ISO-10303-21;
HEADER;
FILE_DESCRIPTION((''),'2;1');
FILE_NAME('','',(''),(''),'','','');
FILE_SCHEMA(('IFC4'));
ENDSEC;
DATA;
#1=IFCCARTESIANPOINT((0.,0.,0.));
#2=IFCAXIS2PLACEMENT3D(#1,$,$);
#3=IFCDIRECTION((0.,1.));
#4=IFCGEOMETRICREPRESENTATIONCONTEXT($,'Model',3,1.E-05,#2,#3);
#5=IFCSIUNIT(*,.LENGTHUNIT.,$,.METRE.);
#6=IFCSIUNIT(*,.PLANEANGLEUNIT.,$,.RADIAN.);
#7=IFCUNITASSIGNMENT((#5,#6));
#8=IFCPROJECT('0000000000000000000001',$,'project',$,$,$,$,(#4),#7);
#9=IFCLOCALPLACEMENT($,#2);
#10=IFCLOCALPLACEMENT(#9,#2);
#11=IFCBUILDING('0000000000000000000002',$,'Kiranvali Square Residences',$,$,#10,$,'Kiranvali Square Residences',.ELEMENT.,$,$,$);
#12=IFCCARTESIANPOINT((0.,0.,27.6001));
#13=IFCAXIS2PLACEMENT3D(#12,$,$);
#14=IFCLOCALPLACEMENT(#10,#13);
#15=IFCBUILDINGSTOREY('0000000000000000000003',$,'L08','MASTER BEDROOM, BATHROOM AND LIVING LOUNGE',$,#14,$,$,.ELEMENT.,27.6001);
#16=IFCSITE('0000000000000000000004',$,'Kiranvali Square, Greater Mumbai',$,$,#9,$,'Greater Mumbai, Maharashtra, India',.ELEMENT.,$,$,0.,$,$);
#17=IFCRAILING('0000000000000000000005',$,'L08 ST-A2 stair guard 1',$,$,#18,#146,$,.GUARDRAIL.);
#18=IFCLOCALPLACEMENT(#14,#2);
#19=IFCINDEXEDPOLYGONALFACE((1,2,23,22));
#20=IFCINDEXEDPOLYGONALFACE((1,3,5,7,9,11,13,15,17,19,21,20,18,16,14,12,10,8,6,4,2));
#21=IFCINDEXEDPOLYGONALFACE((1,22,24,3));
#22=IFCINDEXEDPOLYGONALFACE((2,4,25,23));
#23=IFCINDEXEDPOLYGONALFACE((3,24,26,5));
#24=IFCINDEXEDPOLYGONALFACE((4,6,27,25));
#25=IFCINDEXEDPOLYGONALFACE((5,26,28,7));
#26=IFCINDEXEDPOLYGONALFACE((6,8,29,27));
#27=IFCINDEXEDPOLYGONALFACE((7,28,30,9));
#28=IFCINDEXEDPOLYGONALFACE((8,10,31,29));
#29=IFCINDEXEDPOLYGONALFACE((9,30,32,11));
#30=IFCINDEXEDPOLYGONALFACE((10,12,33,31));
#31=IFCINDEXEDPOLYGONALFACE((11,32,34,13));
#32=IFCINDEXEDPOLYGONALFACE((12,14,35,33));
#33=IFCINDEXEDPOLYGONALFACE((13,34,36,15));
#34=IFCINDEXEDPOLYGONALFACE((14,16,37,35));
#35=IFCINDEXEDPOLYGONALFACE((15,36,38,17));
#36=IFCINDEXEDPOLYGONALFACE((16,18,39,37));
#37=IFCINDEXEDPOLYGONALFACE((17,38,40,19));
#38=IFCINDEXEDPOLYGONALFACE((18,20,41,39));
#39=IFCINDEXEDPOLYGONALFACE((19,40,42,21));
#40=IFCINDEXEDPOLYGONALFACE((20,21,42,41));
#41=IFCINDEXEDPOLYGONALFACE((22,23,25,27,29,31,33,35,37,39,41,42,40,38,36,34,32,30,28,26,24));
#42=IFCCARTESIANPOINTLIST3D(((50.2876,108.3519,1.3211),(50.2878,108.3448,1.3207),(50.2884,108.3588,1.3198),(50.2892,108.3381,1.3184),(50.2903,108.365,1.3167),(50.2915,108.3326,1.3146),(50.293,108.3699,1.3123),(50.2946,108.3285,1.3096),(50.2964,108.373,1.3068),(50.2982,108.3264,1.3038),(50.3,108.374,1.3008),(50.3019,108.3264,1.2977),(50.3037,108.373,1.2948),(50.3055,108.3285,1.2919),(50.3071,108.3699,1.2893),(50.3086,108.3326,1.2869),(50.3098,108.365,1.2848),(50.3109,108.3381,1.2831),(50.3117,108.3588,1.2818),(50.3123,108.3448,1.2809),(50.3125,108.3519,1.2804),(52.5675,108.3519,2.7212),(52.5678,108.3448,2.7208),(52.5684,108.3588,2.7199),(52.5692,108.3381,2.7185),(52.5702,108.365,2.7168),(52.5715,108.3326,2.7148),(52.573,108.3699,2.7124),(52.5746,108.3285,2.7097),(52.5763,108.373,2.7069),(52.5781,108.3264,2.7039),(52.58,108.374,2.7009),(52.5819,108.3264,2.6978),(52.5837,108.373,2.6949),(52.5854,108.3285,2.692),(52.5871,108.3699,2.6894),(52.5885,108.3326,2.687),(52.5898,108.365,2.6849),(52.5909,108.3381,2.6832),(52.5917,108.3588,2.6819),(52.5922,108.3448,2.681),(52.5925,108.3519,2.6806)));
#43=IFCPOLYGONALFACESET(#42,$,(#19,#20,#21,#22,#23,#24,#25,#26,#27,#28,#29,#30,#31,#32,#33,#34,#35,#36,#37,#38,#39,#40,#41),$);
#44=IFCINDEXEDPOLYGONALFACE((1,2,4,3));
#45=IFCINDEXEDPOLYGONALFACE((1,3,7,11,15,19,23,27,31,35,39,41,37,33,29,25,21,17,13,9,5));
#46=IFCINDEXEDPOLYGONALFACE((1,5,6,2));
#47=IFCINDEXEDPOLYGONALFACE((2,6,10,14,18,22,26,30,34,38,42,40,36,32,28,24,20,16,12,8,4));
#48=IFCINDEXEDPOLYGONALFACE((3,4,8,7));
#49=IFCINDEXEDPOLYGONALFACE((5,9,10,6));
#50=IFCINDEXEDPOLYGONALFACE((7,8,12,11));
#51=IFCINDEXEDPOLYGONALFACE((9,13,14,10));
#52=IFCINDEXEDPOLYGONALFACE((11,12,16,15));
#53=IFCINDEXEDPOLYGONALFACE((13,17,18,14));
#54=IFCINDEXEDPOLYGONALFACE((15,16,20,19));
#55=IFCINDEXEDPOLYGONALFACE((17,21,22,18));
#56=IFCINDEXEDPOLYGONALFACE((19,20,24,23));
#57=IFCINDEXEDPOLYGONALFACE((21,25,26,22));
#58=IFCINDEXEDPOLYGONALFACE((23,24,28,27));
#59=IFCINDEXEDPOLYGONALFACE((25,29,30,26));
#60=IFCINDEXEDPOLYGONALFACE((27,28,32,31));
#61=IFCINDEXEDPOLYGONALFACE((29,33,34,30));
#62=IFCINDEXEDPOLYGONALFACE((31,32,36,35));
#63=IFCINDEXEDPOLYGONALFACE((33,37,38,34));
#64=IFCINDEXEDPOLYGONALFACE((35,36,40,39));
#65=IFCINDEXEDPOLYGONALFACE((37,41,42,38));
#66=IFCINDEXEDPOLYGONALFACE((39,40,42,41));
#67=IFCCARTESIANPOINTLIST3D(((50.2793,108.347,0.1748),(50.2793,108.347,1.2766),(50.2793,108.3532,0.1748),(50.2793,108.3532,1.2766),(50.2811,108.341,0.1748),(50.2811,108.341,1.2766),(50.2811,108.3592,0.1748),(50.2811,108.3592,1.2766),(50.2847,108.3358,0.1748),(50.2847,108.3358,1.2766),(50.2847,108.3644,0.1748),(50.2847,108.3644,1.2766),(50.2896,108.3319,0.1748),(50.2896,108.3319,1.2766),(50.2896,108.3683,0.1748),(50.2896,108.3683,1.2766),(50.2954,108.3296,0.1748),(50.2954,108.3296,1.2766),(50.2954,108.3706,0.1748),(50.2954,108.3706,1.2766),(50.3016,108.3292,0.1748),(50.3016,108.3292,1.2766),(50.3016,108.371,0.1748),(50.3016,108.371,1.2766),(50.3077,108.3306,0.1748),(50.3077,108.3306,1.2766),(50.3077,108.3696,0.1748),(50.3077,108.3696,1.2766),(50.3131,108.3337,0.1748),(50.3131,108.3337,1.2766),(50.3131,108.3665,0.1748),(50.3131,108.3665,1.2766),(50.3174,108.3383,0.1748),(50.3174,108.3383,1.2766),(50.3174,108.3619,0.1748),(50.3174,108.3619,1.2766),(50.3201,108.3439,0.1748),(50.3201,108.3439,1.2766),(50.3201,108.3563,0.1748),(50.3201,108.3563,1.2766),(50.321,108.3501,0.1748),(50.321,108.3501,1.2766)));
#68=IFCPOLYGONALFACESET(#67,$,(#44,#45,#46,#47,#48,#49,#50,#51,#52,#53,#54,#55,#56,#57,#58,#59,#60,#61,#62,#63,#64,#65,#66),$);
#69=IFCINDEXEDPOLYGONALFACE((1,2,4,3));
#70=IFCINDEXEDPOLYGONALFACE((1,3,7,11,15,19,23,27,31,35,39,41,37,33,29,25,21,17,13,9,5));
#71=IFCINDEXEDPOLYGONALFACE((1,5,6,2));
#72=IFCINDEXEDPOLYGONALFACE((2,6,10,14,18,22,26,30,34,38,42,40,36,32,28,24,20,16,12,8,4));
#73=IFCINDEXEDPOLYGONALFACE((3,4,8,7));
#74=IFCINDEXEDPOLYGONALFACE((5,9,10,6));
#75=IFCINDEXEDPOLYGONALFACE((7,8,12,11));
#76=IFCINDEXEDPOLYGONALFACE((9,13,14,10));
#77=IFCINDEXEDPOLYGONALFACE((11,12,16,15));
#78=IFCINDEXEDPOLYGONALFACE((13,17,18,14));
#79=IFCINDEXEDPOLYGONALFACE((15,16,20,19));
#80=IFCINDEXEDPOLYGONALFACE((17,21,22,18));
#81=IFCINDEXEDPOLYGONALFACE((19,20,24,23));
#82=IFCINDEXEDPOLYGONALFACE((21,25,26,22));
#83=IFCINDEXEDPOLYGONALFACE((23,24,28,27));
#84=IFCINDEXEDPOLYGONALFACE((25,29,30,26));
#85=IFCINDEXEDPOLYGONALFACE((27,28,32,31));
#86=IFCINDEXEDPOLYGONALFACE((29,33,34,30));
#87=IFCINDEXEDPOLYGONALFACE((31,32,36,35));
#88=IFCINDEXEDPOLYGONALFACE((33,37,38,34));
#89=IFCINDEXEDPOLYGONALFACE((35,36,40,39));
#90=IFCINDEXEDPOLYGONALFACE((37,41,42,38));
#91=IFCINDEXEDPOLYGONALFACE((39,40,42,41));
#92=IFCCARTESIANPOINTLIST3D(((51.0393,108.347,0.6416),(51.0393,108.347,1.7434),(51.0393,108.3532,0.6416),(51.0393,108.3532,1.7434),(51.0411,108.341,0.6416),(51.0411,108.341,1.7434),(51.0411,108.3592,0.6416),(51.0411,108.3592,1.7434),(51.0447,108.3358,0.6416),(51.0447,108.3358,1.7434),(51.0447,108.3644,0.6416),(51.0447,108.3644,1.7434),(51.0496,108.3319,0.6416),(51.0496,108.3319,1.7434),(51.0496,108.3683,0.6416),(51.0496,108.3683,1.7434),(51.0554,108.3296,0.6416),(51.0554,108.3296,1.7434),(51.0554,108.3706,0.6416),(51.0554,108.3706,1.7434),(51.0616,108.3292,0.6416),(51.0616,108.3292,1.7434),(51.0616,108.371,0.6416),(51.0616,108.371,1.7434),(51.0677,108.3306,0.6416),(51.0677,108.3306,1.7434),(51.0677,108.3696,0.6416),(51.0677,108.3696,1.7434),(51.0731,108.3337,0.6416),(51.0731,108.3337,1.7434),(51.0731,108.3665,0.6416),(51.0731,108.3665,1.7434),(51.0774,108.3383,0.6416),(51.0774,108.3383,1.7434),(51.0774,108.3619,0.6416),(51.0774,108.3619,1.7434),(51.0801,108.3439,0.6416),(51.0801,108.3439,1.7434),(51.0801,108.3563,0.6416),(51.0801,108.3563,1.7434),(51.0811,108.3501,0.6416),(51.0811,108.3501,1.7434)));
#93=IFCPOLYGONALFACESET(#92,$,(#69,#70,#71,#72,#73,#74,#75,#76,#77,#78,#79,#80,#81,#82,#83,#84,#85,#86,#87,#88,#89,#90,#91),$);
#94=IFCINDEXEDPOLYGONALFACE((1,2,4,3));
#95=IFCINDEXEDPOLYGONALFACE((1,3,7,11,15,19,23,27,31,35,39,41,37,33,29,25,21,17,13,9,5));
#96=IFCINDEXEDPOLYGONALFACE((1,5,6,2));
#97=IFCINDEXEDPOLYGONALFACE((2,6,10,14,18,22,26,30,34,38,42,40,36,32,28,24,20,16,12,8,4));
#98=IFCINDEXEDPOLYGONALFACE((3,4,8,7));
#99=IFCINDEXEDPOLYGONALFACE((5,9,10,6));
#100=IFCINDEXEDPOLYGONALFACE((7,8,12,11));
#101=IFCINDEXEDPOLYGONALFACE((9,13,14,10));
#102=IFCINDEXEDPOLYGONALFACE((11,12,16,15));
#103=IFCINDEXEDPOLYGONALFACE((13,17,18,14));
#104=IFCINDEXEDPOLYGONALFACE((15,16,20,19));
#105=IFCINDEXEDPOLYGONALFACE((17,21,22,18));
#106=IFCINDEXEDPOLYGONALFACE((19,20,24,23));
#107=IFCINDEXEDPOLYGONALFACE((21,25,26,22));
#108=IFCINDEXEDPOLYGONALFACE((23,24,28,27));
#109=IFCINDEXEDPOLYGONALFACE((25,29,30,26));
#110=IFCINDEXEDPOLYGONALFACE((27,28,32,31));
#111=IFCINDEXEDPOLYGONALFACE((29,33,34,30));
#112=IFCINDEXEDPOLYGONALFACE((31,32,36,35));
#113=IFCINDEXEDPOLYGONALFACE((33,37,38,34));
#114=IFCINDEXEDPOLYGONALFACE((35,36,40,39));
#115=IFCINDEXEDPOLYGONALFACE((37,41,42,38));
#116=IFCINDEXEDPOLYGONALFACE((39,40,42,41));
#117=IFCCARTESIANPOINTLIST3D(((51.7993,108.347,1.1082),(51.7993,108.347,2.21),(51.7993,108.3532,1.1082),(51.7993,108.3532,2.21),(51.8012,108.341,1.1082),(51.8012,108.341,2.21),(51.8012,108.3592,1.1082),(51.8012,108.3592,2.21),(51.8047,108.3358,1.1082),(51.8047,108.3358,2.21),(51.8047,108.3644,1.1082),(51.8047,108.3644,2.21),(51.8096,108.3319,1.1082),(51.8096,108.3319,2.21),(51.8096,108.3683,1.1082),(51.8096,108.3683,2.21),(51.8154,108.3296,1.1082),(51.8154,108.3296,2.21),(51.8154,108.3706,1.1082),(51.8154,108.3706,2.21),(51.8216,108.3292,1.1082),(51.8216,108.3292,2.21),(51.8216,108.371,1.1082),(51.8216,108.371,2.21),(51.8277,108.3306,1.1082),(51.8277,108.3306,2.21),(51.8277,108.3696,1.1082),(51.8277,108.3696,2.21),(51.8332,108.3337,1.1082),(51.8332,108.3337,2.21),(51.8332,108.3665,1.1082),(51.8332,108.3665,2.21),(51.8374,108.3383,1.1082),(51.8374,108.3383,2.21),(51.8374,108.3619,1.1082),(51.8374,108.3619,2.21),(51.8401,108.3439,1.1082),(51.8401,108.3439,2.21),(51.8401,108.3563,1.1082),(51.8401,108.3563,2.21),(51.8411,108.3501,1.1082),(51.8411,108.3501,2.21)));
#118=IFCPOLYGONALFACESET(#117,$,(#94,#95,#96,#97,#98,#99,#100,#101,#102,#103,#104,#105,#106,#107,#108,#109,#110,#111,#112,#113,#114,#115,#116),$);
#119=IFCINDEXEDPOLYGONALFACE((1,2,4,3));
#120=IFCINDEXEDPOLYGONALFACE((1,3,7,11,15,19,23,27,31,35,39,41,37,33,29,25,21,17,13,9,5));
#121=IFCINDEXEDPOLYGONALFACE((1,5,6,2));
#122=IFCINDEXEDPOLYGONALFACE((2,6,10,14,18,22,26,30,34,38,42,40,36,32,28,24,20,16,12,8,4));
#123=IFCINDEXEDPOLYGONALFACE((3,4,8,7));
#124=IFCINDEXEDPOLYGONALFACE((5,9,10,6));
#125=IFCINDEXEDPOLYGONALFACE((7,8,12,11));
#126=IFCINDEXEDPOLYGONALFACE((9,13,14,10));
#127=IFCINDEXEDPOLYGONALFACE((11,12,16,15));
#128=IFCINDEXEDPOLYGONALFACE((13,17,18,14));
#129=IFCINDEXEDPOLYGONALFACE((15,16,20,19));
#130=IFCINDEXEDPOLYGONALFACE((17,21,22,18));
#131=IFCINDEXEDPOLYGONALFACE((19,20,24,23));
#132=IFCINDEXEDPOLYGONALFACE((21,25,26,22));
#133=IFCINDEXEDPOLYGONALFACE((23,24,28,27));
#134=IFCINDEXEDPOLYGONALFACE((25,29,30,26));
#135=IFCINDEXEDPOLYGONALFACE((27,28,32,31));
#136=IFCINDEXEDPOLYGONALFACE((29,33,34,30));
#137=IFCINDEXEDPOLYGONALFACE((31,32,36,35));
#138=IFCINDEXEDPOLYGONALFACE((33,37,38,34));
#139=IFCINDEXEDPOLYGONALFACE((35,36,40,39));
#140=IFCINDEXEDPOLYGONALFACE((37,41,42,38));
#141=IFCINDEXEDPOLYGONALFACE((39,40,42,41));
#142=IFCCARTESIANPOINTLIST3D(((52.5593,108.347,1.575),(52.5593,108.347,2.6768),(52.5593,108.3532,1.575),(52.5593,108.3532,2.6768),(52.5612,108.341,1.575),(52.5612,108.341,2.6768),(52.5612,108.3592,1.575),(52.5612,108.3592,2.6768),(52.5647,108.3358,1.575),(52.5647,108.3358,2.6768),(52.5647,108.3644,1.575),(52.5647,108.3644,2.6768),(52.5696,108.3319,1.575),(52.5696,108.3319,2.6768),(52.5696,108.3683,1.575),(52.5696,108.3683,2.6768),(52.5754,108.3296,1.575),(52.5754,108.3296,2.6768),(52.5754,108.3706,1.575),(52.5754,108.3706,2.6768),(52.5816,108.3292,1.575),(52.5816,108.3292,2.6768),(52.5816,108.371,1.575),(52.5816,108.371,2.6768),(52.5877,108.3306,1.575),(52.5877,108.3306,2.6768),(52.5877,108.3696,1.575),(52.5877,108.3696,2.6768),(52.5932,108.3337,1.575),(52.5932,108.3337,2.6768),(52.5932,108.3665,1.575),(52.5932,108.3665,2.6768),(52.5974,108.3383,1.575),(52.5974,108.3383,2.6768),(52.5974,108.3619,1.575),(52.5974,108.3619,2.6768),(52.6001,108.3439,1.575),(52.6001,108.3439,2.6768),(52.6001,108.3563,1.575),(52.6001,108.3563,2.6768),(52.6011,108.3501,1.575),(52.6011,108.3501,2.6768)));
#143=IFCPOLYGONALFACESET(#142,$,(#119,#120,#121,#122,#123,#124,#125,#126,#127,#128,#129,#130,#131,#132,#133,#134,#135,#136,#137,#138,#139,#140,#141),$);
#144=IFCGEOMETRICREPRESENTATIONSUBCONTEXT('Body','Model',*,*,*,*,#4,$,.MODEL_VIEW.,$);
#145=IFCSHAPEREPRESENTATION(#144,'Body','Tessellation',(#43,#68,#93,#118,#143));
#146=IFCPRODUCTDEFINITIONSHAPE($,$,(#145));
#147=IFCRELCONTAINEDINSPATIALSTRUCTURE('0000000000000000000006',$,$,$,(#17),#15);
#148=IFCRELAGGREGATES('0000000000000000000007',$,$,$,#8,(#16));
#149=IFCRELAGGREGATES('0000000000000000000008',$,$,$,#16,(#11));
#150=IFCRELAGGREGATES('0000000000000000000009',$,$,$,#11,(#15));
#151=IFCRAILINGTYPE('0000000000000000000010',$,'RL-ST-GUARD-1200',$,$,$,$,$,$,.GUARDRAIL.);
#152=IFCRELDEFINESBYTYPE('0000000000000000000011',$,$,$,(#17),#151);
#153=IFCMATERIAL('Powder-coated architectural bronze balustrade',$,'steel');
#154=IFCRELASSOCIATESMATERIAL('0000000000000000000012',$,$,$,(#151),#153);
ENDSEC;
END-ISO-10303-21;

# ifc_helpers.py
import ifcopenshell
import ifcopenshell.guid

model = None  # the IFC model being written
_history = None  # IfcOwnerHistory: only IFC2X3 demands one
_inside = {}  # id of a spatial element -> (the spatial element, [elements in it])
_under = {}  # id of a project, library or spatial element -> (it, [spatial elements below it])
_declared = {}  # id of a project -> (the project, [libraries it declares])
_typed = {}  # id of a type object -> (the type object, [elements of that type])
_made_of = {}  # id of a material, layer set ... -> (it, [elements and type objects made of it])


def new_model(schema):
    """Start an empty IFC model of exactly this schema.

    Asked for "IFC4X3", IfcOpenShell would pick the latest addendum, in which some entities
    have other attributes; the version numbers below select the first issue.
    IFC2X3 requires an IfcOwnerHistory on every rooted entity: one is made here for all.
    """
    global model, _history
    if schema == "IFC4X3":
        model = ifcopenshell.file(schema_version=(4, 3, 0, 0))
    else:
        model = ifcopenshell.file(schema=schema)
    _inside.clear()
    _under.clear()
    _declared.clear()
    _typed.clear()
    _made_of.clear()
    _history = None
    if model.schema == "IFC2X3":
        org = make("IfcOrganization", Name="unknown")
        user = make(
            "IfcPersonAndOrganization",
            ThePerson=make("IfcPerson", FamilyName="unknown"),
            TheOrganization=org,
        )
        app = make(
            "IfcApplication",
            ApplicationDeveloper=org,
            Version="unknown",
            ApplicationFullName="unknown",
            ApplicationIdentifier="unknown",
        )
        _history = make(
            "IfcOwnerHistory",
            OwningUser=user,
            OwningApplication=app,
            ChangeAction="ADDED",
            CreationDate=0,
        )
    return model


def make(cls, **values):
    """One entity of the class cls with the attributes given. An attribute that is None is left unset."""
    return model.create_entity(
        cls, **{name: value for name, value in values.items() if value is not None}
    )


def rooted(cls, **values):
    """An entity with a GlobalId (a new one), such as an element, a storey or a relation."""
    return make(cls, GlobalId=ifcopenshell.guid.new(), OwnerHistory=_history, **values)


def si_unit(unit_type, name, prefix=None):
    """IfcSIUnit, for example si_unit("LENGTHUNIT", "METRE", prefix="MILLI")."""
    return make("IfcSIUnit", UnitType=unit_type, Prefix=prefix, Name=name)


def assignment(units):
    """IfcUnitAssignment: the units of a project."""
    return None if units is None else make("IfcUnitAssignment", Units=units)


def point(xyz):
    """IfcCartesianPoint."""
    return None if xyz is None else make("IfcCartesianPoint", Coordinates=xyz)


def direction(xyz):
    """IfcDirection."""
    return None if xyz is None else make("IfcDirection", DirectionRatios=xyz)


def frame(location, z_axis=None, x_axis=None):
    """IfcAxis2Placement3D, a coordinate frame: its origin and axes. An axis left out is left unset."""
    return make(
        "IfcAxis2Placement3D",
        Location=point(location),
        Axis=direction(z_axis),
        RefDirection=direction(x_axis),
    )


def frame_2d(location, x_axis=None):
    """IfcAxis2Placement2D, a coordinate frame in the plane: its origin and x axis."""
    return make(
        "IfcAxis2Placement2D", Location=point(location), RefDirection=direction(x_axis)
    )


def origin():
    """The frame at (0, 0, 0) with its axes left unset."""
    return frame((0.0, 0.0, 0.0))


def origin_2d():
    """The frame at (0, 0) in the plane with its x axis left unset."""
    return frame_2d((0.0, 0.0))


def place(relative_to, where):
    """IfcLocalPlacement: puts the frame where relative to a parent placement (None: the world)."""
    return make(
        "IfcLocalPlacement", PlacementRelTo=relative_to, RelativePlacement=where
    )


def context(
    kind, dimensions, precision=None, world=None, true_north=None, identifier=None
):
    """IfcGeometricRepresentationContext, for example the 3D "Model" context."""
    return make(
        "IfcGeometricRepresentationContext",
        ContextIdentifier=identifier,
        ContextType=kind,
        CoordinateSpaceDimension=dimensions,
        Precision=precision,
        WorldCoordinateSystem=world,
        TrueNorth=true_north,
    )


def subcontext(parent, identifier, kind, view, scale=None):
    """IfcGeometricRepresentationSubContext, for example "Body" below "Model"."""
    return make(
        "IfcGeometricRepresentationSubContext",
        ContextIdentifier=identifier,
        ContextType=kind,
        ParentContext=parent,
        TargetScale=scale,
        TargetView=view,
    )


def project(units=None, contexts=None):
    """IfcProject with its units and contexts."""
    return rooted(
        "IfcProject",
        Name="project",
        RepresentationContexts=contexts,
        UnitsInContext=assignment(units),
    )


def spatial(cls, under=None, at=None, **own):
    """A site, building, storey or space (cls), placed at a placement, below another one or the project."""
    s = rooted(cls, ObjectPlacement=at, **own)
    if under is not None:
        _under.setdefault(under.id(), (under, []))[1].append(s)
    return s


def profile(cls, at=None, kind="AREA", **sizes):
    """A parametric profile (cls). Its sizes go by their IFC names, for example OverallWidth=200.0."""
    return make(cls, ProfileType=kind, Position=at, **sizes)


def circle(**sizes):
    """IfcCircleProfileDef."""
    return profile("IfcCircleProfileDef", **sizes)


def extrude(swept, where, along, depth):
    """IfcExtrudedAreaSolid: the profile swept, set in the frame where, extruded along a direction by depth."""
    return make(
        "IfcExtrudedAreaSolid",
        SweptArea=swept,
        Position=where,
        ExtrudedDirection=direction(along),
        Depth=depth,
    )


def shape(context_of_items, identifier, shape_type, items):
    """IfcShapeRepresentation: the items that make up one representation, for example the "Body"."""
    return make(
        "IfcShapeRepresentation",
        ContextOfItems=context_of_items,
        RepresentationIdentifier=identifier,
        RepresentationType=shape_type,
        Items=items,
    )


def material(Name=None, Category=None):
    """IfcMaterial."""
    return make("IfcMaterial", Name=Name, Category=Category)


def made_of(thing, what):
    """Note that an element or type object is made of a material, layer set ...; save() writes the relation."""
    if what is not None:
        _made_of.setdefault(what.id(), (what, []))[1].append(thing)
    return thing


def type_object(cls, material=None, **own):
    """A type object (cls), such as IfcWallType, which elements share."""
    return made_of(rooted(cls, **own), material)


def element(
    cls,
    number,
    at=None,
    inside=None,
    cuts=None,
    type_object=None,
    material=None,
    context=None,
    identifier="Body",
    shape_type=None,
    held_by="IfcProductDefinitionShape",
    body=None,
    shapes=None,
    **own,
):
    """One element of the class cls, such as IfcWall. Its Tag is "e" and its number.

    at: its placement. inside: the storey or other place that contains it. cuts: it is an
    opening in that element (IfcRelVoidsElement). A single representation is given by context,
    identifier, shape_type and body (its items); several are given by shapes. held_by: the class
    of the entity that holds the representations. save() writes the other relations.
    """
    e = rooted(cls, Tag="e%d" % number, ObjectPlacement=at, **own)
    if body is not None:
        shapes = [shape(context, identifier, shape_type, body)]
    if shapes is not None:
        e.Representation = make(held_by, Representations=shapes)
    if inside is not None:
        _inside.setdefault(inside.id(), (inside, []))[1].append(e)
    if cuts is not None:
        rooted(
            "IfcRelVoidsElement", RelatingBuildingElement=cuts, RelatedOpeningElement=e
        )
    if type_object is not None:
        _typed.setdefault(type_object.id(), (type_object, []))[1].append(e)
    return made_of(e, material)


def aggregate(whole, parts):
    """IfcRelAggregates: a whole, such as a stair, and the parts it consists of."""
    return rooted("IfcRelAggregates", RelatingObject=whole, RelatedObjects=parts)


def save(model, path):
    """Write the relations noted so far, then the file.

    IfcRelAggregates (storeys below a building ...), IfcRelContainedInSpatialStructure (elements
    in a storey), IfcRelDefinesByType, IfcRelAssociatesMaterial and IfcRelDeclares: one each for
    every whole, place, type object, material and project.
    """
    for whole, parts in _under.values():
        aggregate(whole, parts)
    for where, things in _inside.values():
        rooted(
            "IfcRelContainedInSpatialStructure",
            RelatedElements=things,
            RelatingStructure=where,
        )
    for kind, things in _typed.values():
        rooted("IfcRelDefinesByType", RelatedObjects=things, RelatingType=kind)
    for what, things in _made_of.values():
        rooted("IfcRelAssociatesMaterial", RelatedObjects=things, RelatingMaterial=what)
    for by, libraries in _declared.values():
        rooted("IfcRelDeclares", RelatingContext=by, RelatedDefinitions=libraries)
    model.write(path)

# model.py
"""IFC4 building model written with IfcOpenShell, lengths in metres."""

from ifc_helpers import new_model, si_unit, direction, frame, origin, origin_2d, place, context, subcontext, project, spatial, circle, extrude, material, type_object, element, save


model = new_model("IFC4")

# Units and contexts
model_context = context("Model", 3, precision=1e-05, world=origin(), true_north=direction((0.0, 1.0)))
body_context = subcontext(model_context, "Body", "Model", "MODEL_VIEW")
ifc_project = project(units=[si_unit("LENGTHUNIT", "METRE"), si_unit("PLANEANGLEUNIT", "RADIAN")], contexts=[model_context])

# Site, building, storey
site_placement = place(None, origin())
site = spatial("IfcSite", under=ifc_project, at=site_placement, Name="Kiranvali Square, Greater Mumbai", LongName="Greater Mumbai, Maharashtra, India", CompositionType="ELEMENT", RefElevation=0.0)
building_placement = place(site_placement, origin())
building = spatial("IfcBuilding", under=site, at=building_placement, Name="Kiranvali Square Residences", LongName="Kiranvali Square Residences", CompositionType="ELEMENT")
storey_placement = place(building_placement, frame((0.0, 0.0, 27.6001)))
storey = spatial("IfcBuildingStorey", under=building, at=storey_placement, Name="L08", Description="MASTER BEDROOM, BATHROOM AND LIVING LOUNGE", CompositionType="ELEMENT", Elevation=27.6001)

# Railing
ifc_material_1 = material(Name="Powder-coated architectural bronze balustrade", Category="steel")
railing_type_1 = type_object("IfcRailingType", Name="RL-ST-GUARD-1200", PredefinedType="GUARDRAIL", material=ifc_material_1)
railing_1_placement = place(storey_placement, frame((50.3, 108.3501, 0.1748)))
element("IfcRailing", 1, at=railing_1_placement, inside=storey, type_object=railing_type_1, Name="L08 ST-A2 stair guard 1", PredefinedType="GUARDRAIL", context=body_context, shape_type="SweptSolid", body=[
    extrude(circle(Radius=0.0239, at=origin_2d()), frame((0.0, 0.0, 1.126), z_axis=(0.85215, 0.0, 0.523298), x_axis=(0.0, 1.0, 0.0)), (0.0, 0.0, 1.0), 2.6755),
    extrude(circle(Radius=0.021, at=origin_2d()), origin(), (0.0, 0.0, 1.0), 1.1018),
    extrude(circle(Radius=0.021, at=origin_2d()), frame((0.76, 0.0, 0.4668)), (0.0, 0.0, 1.0), 1.1018),
    extrude(circle(Radius=0.021, at=origin_2d()), frame((1.52, 0.0, 0.9333)), (0.0, 0.0, 1.0), 1.1018),
    extrude(circle(Radius=0.021, at=origin_2d()), frame((2.28, 0.0, 1.4001)), (0.0, 0.0, 1.0), 1.1018),
])

save(model, "model.ifc")
